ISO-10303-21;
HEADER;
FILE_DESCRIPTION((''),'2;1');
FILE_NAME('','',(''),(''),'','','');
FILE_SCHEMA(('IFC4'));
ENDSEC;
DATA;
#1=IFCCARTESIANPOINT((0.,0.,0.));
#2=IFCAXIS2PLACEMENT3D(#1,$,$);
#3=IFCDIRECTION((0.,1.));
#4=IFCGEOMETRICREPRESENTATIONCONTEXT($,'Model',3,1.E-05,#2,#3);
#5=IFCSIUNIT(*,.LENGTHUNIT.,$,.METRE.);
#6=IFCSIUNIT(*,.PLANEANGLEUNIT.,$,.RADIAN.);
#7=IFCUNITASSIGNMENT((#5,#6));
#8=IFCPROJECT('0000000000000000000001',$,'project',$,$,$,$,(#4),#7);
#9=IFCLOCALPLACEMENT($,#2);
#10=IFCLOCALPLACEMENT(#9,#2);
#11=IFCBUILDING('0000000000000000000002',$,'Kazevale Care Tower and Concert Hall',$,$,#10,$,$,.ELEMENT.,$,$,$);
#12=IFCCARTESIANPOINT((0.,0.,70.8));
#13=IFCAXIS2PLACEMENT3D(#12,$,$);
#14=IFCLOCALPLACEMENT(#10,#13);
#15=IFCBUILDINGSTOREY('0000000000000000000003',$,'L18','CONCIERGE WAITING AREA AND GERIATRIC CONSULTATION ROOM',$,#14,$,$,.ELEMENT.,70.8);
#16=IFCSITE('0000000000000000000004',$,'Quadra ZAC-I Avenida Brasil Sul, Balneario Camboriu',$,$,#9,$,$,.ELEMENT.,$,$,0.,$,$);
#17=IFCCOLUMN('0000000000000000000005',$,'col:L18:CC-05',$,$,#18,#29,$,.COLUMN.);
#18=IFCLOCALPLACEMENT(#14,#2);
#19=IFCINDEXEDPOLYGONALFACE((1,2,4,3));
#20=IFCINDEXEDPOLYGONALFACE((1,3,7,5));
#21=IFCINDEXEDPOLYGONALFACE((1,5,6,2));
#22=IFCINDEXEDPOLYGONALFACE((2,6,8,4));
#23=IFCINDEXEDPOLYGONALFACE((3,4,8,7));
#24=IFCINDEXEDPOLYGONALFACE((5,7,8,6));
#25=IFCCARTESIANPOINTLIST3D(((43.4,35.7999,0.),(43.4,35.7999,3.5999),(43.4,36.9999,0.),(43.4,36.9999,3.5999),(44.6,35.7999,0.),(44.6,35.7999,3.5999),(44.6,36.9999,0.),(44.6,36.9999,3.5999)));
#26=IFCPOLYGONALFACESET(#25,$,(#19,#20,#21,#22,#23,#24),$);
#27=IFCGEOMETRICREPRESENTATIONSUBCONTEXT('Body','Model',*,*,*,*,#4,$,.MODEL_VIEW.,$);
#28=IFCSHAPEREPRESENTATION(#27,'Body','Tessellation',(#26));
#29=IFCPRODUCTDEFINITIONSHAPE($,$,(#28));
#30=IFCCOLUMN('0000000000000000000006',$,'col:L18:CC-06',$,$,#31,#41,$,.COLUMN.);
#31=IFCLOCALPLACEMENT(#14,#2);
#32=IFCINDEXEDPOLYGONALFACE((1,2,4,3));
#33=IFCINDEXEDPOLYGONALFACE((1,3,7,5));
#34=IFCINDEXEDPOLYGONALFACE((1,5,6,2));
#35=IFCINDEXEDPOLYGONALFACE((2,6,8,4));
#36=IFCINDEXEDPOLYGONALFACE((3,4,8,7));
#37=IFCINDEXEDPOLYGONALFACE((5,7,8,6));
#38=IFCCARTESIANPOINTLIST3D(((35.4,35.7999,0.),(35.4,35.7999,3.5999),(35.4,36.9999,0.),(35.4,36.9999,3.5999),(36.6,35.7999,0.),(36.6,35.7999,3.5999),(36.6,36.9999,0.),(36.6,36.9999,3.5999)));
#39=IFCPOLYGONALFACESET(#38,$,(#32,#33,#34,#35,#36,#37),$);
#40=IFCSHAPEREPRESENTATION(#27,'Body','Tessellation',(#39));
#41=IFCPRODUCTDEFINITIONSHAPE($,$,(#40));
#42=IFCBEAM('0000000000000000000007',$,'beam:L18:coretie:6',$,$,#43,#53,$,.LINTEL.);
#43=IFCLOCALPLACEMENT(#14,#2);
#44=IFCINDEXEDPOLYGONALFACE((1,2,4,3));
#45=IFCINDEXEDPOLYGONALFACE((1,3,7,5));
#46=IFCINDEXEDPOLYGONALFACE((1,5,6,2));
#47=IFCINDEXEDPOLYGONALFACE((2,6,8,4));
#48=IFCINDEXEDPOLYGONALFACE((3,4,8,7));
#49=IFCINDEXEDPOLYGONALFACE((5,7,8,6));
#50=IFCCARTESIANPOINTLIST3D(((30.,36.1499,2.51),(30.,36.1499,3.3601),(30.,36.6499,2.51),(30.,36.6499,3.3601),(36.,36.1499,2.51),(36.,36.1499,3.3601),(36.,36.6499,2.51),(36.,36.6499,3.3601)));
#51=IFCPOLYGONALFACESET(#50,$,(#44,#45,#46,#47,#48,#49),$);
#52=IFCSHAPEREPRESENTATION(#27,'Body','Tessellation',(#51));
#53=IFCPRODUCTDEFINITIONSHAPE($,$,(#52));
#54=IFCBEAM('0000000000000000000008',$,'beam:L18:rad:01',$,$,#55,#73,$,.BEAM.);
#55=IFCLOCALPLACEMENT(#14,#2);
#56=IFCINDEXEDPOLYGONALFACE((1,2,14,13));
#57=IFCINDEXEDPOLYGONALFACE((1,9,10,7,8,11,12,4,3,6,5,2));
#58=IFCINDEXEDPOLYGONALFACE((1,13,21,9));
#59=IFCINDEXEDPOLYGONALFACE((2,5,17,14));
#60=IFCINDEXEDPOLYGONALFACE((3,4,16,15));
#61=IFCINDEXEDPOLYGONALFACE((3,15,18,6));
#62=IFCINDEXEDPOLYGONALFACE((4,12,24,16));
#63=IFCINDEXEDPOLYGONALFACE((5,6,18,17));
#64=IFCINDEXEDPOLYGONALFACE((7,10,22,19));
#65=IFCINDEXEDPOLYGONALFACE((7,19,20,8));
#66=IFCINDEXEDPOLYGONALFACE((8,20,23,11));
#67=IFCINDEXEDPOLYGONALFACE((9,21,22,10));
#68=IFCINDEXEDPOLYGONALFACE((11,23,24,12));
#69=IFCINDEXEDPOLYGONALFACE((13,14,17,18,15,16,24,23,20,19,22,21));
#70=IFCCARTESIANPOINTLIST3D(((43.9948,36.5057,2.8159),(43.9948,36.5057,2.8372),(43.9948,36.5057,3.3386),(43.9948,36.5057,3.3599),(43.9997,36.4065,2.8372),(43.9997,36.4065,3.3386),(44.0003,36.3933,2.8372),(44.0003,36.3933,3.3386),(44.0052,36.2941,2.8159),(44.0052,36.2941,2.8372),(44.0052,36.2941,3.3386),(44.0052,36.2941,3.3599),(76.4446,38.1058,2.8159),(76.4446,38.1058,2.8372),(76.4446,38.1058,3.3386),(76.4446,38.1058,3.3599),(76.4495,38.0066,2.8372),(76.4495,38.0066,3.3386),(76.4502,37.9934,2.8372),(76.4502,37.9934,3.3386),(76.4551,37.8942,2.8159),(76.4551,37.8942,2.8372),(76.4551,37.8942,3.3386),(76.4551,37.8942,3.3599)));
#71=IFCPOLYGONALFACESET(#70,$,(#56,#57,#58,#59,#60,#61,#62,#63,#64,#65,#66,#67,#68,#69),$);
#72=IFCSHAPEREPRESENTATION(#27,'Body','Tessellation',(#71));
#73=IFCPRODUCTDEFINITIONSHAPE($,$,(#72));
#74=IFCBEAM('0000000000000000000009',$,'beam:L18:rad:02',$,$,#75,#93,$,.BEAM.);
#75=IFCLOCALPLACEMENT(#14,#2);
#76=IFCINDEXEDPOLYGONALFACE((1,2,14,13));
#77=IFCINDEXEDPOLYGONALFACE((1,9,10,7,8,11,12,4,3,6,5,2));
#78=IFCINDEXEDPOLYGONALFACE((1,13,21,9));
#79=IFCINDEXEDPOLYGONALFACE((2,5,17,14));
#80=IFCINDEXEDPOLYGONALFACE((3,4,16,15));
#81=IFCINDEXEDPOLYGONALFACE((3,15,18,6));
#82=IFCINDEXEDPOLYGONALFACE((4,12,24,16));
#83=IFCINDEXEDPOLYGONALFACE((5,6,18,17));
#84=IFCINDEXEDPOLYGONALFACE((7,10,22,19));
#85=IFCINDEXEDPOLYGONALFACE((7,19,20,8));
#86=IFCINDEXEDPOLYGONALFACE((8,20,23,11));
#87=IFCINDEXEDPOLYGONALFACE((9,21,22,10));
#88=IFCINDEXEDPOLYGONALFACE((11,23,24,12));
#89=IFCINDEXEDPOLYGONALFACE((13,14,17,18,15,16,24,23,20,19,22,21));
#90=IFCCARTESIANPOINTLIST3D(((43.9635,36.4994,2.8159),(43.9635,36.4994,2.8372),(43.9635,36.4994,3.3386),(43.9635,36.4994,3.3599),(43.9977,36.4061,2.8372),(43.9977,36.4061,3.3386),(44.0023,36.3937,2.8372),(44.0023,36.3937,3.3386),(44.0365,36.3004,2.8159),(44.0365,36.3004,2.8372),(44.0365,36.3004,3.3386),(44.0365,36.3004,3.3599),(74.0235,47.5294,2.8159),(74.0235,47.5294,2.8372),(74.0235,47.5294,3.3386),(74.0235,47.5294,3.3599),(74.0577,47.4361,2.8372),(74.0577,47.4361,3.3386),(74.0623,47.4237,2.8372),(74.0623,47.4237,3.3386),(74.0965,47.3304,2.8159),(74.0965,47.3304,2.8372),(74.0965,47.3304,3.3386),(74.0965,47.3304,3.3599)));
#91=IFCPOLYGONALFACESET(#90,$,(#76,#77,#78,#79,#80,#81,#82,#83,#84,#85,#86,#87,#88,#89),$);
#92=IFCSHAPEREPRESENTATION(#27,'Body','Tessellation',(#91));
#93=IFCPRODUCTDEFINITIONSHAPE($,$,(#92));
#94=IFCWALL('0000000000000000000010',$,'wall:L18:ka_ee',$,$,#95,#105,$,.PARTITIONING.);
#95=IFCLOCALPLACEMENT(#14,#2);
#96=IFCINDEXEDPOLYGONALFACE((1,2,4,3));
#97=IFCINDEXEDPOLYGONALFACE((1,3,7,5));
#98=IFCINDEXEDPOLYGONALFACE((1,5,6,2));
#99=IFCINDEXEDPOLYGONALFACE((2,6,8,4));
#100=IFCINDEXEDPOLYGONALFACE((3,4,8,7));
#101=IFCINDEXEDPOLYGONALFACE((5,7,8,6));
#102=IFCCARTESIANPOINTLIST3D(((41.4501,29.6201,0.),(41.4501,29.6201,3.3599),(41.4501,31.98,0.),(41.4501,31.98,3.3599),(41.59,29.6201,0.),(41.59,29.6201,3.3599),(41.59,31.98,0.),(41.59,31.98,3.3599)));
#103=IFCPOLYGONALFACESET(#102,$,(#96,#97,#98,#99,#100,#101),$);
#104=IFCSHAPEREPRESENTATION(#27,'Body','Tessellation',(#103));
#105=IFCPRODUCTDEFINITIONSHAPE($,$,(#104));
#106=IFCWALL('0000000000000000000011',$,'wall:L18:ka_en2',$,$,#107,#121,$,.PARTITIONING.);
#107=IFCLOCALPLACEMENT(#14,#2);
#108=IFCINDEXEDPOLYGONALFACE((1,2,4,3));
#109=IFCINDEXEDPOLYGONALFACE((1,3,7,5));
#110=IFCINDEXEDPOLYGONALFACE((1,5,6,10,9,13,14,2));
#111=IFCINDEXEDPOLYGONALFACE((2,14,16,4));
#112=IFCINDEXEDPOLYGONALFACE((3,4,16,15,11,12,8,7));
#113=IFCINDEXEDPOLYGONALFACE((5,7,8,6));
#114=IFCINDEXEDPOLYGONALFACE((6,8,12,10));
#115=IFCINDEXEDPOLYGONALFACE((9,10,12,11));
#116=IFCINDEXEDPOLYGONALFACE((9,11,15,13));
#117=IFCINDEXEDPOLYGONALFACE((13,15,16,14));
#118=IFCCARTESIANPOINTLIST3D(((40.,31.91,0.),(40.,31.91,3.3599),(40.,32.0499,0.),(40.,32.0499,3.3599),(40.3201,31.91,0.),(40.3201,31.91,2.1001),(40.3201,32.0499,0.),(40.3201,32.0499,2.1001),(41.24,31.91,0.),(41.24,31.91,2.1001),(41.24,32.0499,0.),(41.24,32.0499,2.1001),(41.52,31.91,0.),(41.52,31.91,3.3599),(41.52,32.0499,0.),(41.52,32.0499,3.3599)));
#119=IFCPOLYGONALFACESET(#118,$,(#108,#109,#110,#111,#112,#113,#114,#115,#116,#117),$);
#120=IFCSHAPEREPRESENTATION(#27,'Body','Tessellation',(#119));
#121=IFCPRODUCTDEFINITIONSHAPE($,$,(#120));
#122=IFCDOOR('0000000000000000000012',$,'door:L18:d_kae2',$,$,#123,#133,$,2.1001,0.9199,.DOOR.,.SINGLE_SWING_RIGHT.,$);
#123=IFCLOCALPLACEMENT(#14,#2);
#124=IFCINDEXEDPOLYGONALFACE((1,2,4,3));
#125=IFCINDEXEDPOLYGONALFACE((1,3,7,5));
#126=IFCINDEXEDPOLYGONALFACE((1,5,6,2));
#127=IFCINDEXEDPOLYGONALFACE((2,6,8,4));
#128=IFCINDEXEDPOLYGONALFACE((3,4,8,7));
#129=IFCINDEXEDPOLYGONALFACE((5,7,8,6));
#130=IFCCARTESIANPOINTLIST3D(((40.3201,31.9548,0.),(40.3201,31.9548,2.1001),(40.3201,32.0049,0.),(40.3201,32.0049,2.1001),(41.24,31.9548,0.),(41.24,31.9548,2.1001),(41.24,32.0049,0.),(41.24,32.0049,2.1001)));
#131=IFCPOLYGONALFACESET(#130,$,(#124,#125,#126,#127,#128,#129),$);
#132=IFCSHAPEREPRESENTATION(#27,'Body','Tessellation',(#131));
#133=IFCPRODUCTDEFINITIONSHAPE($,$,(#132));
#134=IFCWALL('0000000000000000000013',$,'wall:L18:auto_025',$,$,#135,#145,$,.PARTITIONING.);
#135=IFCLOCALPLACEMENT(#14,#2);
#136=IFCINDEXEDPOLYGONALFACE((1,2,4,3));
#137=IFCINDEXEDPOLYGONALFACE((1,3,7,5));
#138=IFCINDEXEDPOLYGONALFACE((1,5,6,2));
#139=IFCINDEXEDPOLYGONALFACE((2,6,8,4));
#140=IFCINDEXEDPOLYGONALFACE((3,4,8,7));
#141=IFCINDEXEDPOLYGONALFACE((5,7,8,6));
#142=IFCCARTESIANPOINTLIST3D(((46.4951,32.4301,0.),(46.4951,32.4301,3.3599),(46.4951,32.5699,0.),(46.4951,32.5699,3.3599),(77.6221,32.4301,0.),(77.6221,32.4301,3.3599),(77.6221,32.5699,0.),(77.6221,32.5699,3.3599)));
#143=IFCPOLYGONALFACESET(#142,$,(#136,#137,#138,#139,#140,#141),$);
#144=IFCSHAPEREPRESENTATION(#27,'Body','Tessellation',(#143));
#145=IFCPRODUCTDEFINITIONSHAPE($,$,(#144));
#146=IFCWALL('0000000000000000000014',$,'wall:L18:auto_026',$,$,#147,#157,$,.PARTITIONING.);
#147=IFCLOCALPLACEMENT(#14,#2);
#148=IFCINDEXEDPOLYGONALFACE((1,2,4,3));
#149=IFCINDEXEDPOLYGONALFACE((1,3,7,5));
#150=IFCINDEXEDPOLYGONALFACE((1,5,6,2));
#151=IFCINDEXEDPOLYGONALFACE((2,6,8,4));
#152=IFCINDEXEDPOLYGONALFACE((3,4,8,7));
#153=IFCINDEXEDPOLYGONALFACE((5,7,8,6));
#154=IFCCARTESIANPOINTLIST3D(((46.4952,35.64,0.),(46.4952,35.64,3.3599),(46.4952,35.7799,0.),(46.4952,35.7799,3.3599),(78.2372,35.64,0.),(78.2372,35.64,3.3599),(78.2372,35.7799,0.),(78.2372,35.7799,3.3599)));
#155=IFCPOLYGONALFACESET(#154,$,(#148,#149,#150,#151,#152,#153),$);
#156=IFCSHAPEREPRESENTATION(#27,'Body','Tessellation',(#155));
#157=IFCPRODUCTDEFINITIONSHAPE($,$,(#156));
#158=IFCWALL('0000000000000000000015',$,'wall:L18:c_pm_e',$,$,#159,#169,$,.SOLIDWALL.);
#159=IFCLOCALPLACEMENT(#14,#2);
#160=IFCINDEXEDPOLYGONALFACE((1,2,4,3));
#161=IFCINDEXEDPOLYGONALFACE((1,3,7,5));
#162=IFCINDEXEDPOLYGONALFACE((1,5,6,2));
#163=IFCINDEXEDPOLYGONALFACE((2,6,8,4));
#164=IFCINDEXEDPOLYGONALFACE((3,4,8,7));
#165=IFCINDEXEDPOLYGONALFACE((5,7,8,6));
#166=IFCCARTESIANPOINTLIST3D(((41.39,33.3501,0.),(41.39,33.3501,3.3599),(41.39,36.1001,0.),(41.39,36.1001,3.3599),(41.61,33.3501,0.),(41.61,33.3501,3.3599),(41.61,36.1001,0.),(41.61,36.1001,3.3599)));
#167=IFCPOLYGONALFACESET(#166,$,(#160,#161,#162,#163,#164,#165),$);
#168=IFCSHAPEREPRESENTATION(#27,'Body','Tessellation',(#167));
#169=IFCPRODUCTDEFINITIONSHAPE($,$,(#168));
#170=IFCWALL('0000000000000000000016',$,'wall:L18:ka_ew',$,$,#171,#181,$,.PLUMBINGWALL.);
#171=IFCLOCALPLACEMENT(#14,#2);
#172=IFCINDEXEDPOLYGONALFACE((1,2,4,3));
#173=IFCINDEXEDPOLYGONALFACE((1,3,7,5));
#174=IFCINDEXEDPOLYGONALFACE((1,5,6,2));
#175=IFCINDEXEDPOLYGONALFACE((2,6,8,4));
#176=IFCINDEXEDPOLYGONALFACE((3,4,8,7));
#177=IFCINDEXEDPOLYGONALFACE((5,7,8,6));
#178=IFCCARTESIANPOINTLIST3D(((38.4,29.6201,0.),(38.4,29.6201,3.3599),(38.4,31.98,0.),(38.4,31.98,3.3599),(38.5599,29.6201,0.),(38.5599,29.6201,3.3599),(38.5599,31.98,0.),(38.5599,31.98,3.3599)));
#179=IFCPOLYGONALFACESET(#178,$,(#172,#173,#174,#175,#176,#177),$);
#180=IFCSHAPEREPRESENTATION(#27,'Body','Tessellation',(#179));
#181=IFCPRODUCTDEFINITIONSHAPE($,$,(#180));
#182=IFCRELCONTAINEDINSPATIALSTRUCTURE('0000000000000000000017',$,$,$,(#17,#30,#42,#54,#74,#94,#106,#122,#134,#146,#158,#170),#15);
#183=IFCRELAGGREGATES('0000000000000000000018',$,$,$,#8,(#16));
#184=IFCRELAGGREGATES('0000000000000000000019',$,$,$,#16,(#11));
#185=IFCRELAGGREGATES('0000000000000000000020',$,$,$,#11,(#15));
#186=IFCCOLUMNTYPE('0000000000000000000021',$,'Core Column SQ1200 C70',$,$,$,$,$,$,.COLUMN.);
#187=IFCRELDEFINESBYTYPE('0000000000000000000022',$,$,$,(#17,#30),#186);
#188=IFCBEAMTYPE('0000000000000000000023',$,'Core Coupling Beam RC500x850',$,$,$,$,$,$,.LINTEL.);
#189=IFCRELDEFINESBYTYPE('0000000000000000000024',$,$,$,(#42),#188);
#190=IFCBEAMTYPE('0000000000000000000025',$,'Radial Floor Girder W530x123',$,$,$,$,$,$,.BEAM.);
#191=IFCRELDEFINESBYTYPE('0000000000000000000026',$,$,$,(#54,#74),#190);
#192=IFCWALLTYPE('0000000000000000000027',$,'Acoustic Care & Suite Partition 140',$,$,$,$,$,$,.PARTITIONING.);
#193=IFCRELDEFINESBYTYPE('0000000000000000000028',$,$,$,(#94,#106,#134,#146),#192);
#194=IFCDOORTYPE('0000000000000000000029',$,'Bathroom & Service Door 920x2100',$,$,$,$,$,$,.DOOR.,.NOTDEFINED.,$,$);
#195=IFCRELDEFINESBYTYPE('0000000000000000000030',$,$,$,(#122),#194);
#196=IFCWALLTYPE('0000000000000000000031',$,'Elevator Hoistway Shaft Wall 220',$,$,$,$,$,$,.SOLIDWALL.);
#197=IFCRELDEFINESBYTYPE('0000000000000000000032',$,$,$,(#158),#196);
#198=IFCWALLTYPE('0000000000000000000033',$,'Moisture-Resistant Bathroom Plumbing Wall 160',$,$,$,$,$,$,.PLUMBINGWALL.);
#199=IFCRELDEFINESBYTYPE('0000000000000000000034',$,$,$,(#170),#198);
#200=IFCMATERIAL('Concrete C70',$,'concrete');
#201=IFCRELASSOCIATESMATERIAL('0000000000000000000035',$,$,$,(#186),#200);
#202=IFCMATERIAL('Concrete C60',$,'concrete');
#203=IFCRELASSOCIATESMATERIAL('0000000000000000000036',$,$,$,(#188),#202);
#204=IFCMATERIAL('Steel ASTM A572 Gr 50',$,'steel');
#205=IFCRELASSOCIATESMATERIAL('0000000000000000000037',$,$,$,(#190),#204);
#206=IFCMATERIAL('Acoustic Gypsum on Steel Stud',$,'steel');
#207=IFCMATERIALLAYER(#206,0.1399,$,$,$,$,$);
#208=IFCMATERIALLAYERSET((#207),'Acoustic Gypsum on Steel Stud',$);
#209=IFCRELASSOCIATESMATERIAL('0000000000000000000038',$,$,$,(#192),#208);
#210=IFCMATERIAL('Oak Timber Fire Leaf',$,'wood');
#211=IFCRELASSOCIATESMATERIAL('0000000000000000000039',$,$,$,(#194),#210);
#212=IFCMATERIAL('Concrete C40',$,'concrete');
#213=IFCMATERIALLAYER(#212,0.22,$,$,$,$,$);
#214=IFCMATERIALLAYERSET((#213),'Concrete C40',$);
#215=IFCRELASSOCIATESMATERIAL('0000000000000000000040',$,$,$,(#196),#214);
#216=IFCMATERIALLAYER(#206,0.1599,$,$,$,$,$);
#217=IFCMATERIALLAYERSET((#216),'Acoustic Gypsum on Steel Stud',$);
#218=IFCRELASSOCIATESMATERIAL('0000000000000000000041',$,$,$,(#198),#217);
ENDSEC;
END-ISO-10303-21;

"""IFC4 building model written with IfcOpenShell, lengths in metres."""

from ifc_helpers import new_model, si_unit, direction, frame, frame_2d, origin, origin_2d, place, context, subcontext, project, spatial, rectangle, i_section, extrude, material, layer, layer_set, material_profile, profile_set, type_object, element, fill, save


model = new_model("IFC4")

# Units and contexts
model_context = context("Model", 3, precision=1e-05, world=origin(), true_north=direction((0.0, 1.0)))
body_context = subcontext(model_context, "Body", "Model", "MODEL_VIEW")
ifc_project = project(units=[si_unit("LENGTHUNIT", "METRE"), si_unit("PLANEANGLEUNIT", "RADIAN")], contexts=[model_context])

# Site, building, storey
site_placement = place(None, origin())
site = spatial("IfcSite", under=ifc_project, at=site_placement, Name="Quadra ZAC-I Avenida Brasil Sul, Balneario Camboriu", CompositionType="ELEMENT", RefElevation=0.0)
building_placement = place(site_placement, origin())
building = spatial("IfcBuilding", under=site, at=building_placement, Name="Kazevale Care Tower and Concert Hall", CompositionType="ELEMENT")
storey_placement = place(building_placement, frame((0.0, 0.0, 70.8)))
storey = spatial("IfcBuildingStorey", under=building, at=storey_placement, Name="L18", Description="CONCIERGE WAITING AREA AND GERIATRIC CONSULTATION ROOM", CompositionType="ELEMENT", Elevation=70.8)

# Columns
ifc_material_1 = material(Name="Concrete C70", Category="concrete")
ifc_material_profile_1 = material_profile(ifc_material_1, rectangle(XDim=1.2, YDim=1.2, at=origin_2d()), Name="RC-SQ1200")
ifc_profile_set_1 = profile_set([ifc_material_profile_1], Name="Concrete C70")
column_type = type_object("IfcColumnType", Name="Core Column SQ1200 C70", PredefinedType="COLUMN", material=ifc_profile_set_1)
for number, where, z_axis, x_axis, name in (
    (1, (44.0, 36.3999, 0.0), (0.0, 0.0, 1.0), (1.0, 0.0, 0.0), "col:L18:CC-05"),
    (2, (36.0, 36.3999, 0.0), (0.0, 0.0, 1.0), (1.0, 0.0, 0.0), "col:L18:CC-06"),
):
    element("IfcColumn", number, at=place(storey_placement, frame(where, z_axis=z_axis, x_axis=x_axis)), inside=storey, type_object=column_type, Name=name, PredefinedType="COLUMN", context=body_context, shape_type="SweptSolid", body=[
        extrude(rectangle(XDim=1.2, YDim=1.2, at=origin_2d()), origin(), (0.0, 0.0, 1.0), 3.5999),
    ])

# Beams
ifc_material_2 = material(Name="Concrete C60", Category="concrete")
ifc_material_profile_2 = material_profile(ifc_material_2, rectangle(XDim=0.5, YDim=0.8501, at=origin_2d()), Name="RC-B500x850")
ifc_profile_set_2 = profile_set([ifc_material_profile_2], Name="Concrete C60")
beam_type_1 = type_object("IfcBeamType", Name="Core Coupling Beam RC500x850", PredefinedType="LINTEL", material=ifc_profile_set_2)
beam_1_placement = place(storey_placement, frame((36.0, 36.3999, 2.9351), z_axis=(-1.0, 0.0, 0.0), x_axis=(0.0, -1.0, 0.0)))
element("IfcBeam", 3, at=beam_1_placement, inside=storey, type_object=beam_type_1, Name="beam:L18:coretie:6", PredefinedType="LINTEL", context=body_context, shape_type="SweptSolid", body=[
    extrude(rectangle(XDim=0.5, YDim=0.8501, at=origin_2d()), origin(), (0.0, 0.0, 1.0), 6.0),
])
ifc_material_3 = material(Name="Steel ASTM A572 Gr 50", Category="steel")
ifc_material_profile_3 = material_profile(ifc_material_3, i_section(OverallWidth=0.2119, OverallDepth=0.5439, WebThickness=0.0132, FlangeThickness=0.0212, at=origin_2d()), Name="W530x123")
ifc_profile_set_3 = profile_set([ifc_material_profile_3], Name="Steel ASTM A572 Gr 50")
beam_type_2 = type_object("IfcBeamType", Name="Radial Floor Girder W530x123", PredefinedType="BEAM", material=ifc_profile_set_3)
beam_2_placement = place(storey_placement, frame((44.0, 36.3999, 3.0879), z_axis=(0.998786, 0.04925, 0.0), x_axis=(-0.04925, 0.998786, 0.0)))
element("IfcBeam", 4, at=beam_2_placement, inside=storey, type_object=beam_type_2, Name="beam:L18:rad:01", PredefinedType="BEAM", context=body_context, shape_type="SweptSolid", body=[
    extrude(i_section(OverallWidth=0.2119, OverallDepth=0.5439, WebThickness=0.0132, FlangeThickness=0.0212, at=origin_2d()), origin(), (0.0, 0.0, 1.0), 32.4893),
])
beam_3_placement = place(storey_placement, frame((44.0, 36.3999, 3.0879), z_axis=(0.938795, 0.344475, 0.0), x_axis=(-0.344475, 0.938795, 0.0)))
element("IfcBeam", 5, at=beam_3_placement, inside=storey, type_object=beam_type_2, Name="beam:L18:rad:02", PredefinedType="BEAM", context=body_context, shape_type="SweptSolid", body=[
    extrude(i_section(OverallWidth=0.2119, OverallDepth=0.5439, WebThickness=0.0132, FlangeThickness=0.0212, at=origin_2d()), origin(), (0.0, 0.0, 1.0), 32.0198),
])

# Wall
ifc_material_4 = material(Name="Acoustic Gypsum on Steel Stud", Category="steel")
ifc_layer_1 = layer(ifc_material_4, 0.1399)
ifc_layer_set_1 = layer_set([ifc_layer_1], Name="Acoustic Gypsum on Steel Stud")
wall_type_1 = type_object("IfcWallType", Name="Acoustic Care & Suite Partition 140", PredefinedType="PARTITIONING", material=ifc_layer_set_1)
wall_1_placement = place(storey_placement, frame((41.52, 29.6201, 0.0), z_axis=(0.0, 0.0, 1.0), x_axis=(0.0, 1.0, 0.0)))
element("IfcWall", 6, at=wall_1_placement, inside=storey, type_object=wall_type_1, Name="wall:L18:ka_ee", PredefinedType="PARTITIONING", context=body_context, shape_type="SweptSolid", body=[
    extrude(rectangle(XDim=2.3599, YDim=0.1399, at=frame_2d((1.1799, 0.0))), origin(), (0.0, 0.0, 1.0), 3.3599),
])

# Wall, opening, door
wall_2_placement = place(storey_placement, frame((40.0, 31.98, 0.0), z_axis=(0.0, 0.0, 1.0), x_axis=(1.0, 0.0, 0.0)))
wall_2 = element("IfcWall", 7, at=wall_2_placement, inside=storey, type_object=wall_type_1, Name="wall:L18:ka_en2", PredefinedType="PARTITIONING", context=body_context, shape_type="SweptSolid", body=[
    extrude(rectangle(XDim=1.52, YDim=0.1399, at=frame_2d((0.76, 0.0))), origin(), (0.0, 0.0, 1.0), 3.3599),
])
opening_1_placement = place(wall_2_placement, frame((0.3201, 0.0, 0.0)))
opening_1 = element("IfcOpeningElement", 8, at=opening_1_placement, cuts=wall_2, PredefinedType="OPENING", context=body_context, shape_type="SweptSolid", body=[
    extrude(rectangle(XDim=0.9199, YDim=2.1001, at=frame_2d((0.46, 1.05))), frame((0.0, 0.0798, 0.0), z_axis=(0.0, -1.0, 0.0), x_axis=(1.0, 0.0, 0.0)), (0.0, 0.0, 1.0), 0.1599),
])
ifc_material_5 = material(Name="Oak Timber Fire Leaf", Category="wood")
door_type = type_object("IfcDoorType", Name="Bathroom & Service Door 920x2100", OperationType="NOTDEFINED", PredefinedType="DOOR", material=ifc_material_5)
door_1_placement = place(opening_1_placement, origin())
door_1 = element("IfcDoor", 9, at=door_1_placement, inside=storey, type_object=door_type, Name="door:L18:d_kae2", OperationType="SINGLE_SWING_RIGHT", OverallHeight=2.1001, OverallWidth=0.9199, PredefinedType="DOOR", context=body_context, shape_type="SweptSolid", body=[
    extrude(rectangle(XDim=0.9199, YDim=2.1001, at=frame_2d((0.46, 1.05))), frame((0.0, 0.0249, 0.0), z_axis=(0.0, -1.0, 0.0), x_axis=(1.0, 0.0, 0.0)), (0.0, 0.0, 1.0), 0.05),
])
fill(opening_1, door_1)

# Walls
wall_3_placement = place(storey_placement, frame((46.4951, 32.5, 0.0), z_axis=(0.0, 0.0, 1.0), x_axis=(1.0, 0.0, 0.0)))
element("IfcWall", 10, at=wall_3_placement, inside=storey, type_object=wall_type_1, Name="wall:L18:auto_025", PredefinedType="PARTITIONING", context=body_context, shape_type="SweptSolid", body=[
    extrude(rectangle(XDim=31.127, YDim=0.1399, at=frame_2d((15.5635, 0.0))), origin(), (0.0, 0.0, 1.0), 3.3599),
])
wall_4_placement = place(storey_placement, frame((46.4951, 35.71, 0.0), z_axis=(0.0, 0.0, 1.0), x_axis=(1.0, 0.0, 0.0)))
element("IfcWall", 11, at=wall_4_placement, inside=storey, type_object=wall_type_1, Name="wall:L18:auto_026", PredefinedType="PARTITIONING", context=body_context, shape_type="SweptSolid", body=[
    extrude(rectangle(XDim=31.7419, YDim=0.1399, at=frame_2d((15.8711, 0.0))), origin(), (0.0, 0.0, 1.0), 3.3599),
])
ifc_material_6 = material(Name="Concrete C40", Category="concrete")
ifc_layer_2 = layer(ifc_material_6, 0.22)
ifc_layer_set_2 = layer_set([ifc_layer_2], Name="Concrete C40")
wall_type_2 = type_object("IfcWallType", Name="Elevator Hoistway Shaft Wall 220", PredefinedType="SOLIDWALL", material=ifc_layer_set_2)
wall_5_placement = place(storey_placement, frame((41.5, 33.3501, 0.0), z_axis=(0.0, 0.0, 1.0), x_axis=(0.0, 1.0, 0.0)))
element("IfcWall", 12, at=wall_5_placement, inside=storey, type_object=wall_type_2, Name="wall:L18:c_pm_e", PredefinedType="SOLIDWALL", context=body_context, shape_type="SweptSolid", body=[
    extrude(rectangle(XDim=2.75, YDim=0.22, at=frame_2d((1.375, 0.0))), origin(), (0.0, 0.0, 1.0), 3.3599),
])
ifc_layer_3 = layer(ifc_material_4, 0.1599)
ifc_layer_set_3 = layer_set([ifc_layer_3], Name="Acoustic Gypsum on Steel Stud")
wall_type_3 = type_object("IfcWallType", Name="Moisture-Resistant Bathroom Plumbing Wall 160", PredefinedType="PLUMBINGWALL", material=ifc_layer_set_3)
for number, where, z_axis, x_axis, name in (
    (13, (38.48, 29.6201, 0.0), (0.0, 0.0, 1.0), (0.0, 1.0, 0.0), "wall:L18:ka_ew"),
):
    element("IfcWall", number, at=place(storey_placement, frame(where, z_axis=z_axis, x_axis=x_axis)), inside=storey, type_object=wall_type_3, Name=name, PredefinedType="PLUMBINGWALL", context=body_context, shape_type="SweptSolid", body=[
        extrude(rectangle(XDim=2.3599, YDim=0.1599, at=frame_2d((1.1799, 0.0))), origin(), (0.0, 0.0, 1.0), 3.3599),
    ])

save(model, "model.ifc")
